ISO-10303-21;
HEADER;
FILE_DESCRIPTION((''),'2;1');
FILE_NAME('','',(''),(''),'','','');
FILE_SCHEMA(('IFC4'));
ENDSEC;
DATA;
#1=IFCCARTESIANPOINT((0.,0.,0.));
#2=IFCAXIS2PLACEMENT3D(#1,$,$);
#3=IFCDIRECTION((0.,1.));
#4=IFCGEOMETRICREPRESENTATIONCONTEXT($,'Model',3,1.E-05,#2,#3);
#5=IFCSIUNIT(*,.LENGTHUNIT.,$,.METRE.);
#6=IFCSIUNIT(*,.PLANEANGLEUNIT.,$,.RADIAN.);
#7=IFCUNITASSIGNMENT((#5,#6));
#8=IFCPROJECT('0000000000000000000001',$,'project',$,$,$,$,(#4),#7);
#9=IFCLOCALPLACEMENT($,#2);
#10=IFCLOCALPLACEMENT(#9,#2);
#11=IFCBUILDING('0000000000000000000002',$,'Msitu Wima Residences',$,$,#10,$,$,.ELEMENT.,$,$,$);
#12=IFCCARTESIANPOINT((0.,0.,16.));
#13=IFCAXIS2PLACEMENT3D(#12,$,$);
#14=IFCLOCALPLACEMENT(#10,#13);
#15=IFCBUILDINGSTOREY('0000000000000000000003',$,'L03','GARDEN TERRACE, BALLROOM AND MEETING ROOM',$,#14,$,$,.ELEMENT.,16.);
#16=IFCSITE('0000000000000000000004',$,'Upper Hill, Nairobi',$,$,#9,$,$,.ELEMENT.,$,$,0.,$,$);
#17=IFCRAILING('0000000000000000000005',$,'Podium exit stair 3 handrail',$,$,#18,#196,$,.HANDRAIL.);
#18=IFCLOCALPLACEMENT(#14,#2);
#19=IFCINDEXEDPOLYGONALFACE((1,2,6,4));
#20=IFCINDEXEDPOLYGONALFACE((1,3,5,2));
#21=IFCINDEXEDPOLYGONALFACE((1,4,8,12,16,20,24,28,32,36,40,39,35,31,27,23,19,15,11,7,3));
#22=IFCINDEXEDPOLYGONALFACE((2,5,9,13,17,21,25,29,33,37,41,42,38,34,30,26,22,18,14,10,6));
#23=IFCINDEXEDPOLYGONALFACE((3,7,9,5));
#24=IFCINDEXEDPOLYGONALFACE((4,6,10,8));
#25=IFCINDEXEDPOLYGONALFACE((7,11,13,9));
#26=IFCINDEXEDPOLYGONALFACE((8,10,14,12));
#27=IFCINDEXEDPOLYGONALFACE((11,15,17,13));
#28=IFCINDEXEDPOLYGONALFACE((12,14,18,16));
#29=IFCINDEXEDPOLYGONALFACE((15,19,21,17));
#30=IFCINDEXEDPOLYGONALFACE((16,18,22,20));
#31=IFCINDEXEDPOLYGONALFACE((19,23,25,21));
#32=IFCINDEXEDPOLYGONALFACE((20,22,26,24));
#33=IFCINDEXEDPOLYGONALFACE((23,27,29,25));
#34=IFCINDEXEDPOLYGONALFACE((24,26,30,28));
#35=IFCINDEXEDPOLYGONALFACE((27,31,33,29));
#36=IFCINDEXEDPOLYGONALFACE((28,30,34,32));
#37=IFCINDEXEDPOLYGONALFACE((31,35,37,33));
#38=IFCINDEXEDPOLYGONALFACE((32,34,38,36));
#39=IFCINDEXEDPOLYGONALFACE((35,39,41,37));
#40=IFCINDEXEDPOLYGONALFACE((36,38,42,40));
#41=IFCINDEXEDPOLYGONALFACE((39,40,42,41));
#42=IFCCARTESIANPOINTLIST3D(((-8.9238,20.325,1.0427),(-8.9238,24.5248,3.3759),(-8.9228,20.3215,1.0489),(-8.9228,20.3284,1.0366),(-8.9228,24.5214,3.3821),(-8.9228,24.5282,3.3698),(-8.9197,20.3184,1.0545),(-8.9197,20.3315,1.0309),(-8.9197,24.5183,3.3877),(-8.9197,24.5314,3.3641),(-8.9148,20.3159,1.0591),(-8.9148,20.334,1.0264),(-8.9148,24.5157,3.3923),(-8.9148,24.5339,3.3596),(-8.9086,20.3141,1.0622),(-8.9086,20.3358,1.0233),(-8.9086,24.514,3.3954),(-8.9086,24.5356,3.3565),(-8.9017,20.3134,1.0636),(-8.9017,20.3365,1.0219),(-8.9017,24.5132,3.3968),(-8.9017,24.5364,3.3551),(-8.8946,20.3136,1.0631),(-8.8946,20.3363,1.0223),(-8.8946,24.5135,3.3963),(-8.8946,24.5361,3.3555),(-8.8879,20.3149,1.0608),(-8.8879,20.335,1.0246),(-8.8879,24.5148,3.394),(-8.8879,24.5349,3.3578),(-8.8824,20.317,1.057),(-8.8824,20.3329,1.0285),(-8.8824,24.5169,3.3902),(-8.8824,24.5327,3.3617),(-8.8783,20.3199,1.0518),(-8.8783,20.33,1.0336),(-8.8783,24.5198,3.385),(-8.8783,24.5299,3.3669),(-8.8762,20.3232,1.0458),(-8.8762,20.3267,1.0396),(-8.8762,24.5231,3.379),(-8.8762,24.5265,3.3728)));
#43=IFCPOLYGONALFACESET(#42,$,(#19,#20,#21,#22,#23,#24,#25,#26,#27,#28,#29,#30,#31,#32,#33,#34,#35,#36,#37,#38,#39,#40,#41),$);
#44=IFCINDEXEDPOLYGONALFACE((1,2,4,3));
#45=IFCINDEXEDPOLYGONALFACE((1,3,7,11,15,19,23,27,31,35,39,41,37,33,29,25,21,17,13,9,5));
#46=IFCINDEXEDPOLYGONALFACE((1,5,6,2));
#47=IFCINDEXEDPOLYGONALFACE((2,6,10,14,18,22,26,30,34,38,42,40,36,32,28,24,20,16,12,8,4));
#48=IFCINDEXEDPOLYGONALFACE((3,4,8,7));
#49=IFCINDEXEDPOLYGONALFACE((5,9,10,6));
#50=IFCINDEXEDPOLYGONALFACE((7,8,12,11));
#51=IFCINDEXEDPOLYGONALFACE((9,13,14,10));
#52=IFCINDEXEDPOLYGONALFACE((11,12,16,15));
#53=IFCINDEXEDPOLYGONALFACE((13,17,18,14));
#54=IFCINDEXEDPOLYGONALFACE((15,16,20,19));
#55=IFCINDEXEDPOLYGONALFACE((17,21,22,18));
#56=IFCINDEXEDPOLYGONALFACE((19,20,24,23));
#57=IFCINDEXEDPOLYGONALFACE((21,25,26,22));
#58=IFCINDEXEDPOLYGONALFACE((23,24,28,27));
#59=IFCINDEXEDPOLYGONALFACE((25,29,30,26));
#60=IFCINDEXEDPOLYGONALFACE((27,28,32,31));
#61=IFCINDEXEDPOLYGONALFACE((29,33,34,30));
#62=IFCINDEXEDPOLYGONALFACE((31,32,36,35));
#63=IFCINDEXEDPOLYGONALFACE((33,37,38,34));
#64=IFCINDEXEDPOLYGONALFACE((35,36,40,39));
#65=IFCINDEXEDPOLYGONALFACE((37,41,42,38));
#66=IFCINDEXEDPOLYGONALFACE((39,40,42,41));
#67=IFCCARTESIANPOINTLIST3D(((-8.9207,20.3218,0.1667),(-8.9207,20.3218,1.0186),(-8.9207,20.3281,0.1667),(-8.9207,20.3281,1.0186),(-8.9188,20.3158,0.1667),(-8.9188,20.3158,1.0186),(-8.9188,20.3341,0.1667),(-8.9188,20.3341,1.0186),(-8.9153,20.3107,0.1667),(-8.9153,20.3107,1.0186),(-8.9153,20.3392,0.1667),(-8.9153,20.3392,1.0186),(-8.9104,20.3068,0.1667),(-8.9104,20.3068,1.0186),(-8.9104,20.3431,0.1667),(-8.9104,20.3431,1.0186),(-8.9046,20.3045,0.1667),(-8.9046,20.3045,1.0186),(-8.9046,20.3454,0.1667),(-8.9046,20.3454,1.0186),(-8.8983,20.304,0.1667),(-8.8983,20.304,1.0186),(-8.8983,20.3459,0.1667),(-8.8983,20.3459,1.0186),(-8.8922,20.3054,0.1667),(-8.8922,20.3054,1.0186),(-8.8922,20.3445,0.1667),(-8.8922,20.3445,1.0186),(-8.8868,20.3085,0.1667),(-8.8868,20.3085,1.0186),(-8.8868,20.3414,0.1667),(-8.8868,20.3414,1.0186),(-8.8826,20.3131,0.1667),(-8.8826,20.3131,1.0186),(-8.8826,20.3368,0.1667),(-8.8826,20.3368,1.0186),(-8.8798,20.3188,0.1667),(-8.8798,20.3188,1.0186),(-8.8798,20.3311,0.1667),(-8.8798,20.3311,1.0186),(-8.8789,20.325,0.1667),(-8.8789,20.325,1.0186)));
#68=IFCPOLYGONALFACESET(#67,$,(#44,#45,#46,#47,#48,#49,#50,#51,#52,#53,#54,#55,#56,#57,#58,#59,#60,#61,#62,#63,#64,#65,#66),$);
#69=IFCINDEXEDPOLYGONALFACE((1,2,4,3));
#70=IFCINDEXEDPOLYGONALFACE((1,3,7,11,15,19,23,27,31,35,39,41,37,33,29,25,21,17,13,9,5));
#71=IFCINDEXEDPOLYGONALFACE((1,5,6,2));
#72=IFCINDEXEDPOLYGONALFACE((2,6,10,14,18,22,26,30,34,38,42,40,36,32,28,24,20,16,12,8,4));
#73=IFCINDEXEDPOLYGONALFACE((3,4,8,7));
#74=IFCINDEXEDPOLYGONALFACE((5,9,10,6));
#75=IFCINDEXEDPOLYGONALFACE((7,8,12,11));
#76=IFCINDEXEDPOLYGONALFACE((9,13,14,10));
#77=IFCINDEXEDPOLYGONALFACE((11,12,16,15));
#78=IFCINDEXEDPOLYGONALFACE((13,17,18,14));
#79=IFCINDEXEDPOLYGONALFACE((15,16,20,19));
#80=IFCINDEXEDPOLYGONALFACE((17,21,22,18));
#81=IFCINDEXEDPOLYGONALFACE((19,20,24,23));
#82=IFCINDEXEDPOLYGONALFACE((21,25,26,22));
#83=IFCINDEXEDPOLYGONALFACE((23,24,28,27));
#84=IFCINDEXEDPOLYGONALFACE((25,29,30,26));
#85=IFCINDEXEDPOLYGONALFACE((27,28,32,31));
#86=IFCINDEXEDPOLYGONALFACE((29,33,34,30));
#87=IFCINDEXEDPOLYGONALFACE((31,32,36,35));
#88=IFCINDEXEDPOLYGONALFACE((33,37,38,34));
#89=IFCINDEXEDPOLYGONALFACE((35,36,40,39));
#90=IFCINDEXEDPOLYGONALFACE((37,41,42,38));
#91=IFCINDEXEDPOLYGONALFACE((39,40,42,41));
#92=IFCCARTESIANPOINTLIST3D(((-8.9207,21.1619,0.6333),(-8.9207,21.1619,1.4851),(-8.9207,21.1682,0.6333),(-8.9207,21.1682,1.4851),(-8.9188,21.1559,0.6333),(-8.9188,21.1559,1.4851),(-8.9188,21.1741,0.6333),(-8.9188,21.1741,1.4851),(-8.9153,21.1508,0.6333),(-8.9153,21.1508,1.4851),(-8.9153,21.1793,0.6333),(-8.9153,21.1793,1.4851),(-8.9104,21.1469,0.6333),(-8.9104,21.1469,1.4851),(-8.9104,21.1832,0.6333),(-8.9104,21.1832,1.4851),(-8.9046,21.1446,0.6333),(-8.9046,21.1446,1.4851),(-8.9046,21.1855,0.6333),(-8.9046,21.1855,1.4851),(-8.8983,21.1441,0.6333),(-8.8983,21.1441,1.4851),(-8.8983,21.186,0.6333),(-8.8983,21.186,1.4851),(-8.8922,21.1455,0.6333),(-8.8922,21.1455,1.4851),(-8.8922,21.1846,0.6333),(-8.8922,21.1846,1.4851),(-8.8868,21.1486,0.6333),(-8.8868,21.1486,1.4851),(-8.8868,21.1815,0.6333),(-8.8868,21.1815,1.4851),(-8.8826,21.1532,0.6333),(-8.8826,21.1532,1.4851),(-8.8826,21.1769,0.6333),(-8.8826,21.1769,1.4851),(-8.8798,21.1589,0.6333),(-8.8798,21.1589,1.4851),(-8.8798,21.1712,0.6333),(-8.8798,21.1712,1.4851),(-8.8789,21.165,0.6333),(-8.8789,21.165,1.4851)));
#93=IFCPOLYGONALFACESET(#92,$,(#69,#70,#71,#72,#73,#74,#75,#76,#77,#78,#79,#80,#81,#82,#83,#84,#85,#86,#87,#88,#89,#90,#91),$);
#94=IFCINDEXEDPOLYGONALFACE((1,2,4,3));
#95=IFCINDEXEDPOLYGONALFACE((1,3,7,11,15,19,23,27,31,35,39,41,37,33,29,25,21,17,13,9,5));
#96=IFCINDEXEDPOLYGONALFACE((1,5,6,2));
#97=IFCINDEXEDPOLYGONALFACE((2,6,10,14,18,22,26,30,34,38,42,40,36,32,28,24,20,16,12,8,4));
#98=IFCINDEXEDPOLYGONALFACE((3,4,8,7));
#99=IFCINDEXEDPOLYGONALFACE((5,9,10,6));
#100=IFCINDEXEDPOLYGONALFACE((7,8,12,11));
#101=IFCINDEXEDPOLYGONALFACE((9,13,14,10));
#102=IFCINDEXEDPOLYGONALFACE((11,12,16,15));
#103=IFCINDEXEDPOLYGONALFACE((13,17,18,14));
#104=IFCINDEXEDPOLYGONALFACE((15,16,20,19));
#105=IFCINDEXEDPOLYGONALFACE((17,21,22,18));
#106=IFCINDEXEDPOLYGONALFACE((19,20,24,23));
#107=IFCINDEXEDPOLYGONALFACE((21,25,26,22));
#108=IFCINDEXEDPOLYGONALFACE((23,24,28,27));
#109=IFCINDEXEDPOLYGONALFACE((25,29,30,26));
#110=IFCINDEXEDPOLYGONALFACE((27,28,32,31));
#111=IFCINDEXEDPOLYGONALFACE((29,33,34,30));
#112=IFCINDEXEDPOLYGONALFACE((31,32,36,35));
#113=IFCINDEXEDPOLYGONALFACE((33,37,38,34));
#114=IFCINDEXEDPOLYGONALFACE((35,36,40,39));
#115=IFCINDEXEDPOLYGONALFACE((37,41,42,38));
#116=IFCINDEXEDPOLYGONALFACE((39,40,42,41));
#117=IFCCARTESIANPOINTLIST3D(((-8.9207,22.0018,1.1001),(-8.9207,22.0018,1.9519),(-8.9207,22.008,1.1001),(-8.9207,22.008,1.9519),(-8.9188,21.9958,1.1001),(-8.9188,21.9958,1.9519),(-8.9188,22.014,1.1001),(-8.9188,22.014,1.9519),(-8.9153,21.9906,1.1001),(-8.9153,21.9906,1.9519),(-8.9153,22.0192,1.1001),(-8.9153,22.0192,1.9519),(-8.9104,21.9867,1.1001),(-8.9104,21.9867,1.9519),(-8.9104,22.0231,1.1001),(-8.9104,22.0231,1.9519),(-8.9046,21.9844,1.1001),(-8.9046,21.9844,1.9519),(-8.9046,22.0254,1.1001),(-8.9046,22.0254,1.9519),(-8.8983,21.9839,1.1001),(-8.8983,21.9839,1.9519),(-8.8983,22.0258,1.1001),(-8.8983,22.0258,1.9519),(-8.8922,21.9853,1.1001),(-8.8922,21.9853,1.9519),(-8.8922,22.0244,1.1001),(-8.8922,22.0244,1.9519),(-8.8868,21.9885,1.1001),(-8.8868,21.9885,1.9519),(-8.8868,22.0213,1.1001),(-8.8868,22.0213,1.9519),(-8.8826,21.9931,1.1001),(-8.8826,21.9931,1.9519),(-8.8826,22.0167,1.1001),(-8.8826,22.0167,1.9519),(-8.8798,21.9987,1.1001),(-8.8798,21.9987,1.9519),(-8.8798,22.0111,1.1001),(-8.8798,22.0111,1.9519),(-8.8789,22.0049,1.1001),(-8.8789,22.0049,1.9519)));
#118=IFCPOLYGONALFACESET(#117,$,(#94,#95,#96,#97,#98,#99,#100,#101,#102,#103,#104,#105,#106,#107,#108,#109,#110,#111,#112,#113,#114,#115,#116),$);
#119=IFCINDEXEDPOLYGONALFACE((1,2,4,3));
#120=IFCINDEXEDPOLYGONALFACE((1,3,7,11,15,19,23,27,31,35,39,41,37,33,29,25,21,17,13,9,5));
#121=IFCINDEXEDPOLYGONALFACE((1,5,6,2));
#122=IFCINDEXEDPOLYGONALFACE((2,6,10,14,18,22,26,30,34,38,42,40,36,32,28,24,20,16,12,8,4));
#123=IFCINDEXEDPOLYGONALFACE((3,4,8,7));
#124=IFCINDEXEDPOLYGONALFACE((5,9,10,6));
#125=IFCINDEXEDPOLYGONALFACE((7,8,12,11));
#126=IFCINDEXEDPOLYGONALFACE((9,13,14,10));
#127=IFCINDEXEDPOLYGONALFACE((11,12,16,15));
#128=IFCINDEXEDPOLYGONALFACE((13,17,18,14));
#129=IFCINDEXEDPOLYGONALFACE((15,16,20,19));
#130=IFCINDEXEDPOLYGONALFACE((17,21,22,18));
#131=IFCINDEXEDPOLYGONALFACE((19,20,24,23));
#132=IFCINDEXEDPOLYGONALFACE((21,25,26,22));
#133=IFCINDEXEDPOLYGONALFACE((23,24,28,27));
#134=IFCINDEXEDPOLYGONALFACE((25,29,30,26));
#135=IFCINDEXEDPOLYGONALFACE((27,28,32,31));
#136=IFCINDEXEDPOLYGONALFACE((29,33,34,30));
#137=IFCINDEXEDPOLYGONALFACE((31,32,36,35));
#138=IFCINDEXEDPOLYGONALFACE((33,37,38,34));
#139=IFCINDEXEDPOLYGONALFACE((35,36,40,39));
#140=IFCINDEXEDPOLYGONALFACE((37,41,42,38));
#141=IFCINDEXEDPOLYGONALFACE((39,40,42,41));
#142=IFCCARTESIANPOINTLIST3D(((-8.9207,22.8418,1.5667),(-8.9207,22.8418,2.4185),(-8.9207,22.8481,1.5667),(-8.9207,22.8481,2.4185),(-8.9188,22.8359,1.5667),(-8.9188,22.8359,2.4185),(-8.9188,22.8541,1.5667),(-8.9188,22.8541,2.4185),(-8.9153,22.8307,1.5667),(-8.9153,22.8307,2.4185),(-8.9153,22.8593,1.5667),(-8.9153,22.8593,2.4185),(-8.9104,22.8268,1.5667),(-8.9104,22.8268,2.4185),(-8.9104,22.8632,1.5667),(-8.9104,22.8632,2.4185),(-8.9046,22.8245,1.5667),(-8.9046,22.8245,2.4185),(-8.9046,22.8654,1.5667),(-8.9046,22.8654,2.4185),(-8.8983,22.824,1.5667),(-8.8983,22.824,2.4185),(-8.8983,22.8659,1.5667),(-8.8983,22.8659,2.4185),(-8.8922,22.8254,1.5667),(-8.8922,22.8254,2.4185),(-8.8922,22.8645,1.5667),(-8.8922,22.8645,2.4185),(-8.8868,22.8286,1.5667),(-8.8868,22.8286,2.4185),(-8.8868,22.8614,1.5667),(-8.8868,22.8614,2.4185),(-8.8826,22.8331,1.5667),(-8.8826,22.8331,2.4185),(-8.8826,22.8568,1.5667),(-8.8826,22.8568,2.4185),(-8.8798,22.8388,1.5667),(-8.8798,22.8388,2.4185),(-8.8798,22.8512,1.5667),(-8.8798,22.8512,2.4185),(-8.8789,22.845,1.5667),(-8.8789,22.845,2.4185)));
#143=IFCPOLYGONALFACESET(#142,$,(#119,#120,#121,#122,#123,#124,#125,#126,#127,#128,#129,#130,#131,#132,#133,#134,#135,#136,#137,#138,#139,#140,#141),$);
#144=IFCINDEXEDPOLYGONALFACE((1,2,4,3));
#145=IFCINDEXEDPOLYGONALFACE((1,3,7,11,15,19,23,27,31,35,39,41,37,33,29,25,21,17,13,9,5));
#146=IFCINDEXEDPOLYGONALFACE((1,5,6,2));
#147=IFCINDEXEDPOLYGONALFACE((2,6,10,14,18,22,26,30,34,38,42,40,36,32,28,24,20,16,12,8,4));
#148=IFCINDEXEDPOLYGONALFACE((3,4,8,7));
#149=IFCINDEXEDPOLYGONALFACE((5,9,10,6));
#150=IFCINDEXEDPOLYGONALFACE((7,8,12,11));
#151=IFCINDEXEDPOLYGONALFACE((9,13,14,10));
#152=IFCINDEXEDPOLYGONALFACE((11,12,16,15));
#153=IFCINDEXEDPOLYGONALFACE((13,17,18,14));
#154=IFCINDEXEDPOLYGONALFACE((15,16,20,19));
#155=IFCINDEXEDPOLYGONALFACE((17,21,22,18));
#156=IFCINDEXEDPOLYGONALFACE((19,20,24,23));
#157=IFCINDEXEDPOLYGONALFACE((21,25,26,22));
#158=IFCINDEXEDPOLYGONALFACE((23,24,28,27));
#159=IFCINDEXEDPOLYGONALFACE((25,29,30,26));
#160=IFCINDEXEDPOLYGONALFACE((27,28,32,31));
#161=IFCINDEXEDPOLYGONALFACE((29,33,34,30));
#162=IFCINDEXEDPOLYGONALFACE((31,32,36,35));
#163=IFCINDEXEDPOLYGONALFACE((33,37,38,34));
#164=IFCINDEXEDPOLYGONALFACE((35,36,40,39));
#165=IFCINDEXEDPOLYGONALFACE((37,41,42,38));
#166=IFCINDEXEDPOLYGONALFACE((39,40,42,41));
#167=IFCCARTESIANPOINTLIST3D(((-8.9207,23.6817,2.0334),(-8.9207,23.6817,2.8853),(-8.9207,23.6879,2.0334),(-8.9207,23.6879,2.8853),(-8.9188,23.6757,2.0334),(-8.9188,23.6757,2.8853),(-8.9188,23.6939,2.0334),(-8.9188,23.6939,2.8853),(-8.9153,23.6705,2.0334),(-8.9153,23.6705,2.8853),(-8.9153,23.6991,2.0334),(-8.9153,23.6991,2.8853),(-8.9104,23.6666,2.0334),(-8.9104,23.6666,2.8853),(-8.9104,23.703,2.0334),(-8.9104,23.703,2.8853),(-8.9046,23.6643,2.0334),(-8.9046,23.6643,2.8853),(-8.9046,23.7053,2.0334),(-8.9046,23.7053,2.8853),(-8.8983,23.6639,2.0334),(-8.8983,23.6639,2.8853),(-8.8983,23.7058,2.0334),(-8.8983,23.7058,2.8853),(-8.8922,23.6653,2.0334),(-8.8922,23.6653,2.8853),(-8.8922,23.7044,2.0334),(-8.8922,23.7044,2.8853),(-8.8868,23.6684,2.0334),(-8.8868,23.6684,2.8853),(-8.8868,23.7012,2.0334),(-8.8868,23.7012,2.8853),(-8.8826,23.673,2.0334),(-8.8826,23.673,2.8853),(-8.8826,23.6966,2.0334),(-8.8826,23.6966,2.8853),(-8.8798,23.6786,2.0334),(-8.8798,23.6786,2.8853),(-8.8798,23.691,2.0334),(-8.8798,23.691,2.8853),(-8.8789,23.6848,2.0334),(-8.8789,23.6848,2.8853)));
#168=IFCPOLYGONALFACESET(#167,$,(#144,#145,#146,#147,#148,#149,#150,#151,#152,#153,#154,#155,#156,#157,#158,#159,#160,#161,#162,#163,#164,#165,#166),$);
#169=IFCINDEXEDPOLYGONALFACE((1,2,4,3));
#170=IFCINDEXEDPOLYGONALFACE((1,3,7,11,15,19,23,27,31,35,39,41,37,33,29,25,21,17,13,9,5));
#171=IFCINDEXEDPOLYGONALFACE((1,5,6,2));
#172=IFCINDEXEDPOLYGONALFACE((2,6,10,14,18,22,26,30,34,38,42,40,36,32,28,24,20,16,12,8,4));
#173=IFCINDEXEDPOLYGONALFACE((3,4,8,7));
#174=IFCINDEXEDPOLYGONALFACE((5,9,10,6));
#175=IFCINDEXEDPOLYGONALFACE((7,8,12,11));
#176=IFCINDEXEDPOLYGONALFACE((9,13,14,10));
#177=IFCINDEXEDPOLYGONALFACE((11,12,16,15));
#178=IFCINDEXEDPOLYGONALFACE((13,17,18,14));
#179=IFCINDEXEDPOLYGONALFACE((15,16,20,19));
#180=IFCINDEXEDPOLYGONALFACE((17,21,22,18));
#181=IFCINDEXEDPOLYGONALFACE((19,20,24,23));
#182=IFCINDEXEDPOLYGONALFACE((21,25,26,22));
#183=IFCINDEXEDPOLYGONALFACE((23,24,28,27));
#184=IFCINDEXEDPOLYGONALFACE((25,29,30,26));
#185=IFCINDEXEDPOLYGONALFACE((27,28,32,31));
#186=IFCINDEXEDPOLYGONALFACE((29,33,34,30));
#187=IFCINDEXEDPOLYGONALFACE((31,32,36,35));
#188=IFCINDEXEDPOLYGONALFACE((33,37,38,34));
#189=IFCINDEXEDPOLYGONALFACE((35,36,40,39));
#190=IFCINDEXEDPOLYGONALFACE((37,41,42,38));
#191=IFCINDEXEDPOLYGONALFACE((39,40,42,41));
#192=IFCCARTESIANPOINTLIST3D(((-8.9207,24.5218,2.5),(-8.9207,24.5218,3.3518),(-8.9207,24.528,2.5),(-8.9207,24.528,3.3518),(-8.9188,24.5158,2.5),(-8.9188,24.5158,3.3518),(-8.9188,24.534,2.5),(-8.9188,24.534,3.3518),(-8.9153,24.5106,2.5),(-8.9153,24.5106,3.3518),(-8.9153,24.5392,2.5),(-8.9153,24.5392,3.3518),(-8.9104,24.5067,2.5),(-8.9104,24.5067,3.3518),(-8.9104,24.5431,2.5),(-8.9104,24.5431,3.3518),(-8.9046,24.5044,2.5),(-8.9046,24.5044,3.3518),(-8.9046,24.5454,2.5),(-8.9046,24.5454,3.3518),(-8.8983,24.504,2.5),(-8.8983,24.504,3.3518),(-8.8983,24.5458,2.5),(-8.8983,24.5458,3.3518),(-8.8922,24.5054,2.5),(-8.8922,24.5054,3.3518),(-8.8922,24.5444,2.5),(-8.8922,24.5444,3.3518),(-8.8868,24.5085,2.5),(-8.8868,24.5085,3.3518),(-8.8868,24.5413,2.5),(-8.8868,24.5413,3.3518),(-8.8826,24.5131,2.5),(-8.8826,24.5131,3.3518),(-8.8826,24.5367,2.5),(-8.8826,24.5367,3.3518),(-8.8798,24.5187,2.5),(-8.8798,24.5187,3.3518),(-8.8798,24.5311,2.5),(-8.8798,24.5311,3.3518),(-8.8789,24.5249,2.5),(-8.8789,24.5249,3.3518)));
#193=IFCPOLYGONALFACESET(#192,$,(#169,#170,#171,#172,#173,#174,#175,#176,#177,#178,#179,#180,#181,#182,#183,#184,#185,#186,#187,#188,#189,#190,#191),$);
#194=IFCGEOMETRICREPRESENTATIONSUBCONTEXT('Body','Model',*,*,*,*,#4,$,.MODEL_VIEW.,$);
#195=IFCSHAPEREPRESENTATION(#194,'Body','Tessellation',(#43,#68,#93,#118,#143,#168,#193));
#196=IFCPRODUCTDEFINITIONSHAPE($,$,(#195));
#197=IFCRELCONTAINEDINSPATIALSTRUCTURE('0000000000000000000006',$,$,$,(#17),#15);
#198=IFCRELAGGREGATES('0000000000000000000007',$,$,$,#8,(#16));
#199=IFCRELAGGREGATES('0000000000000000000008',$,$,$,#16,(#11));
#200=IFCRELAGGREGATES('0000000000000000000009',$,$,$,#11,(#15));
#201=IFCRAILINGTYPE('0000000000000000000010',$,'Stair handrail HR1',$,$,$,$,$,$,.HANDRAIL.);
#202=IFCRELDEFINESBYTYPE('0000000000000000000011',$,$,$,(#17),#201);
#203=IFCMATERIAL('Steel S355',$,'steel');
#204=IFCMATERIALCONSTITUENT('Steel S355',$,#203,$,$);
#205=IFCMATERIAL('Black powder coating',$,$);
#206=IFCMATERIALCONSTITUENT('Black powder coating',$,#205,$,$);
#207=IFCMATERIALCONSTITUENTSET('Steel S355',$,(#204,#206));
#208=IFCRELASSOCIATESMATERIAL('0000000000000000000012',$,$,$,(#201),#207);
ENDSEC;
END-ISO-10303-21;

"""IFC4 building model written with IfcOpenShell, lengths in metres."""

from ifc_helpers import new_model, si_unit, direction, frame, origin, origin_2d, place, context, subcontext, project, spatial, circle, extrude, material, constituent, constituent_set, type_object, element, save


model = new_model("IFC4")

# Units and contexts
model_context = context("Model", 3, precision=1e-05, world=origin(), true_north=direction((0.0, 1.0)))
body_context = subcontext(model_context, "Body", "Model", "MODEL_VIEW")
ifc_project = project(units=[si_unit("LENGTHUNIT", "METRE"), si_unit("PLANEANGLEUNIT", "RADIAN")], contexts=[model_context])

# Site, building, storey
site_placement = place(None, origin())
site = spatial("IfcSite", under=ifc_project, at=site_placement, Name="Upper Hill, Nairobi", CompositionType="ELEMENT", RefElevation=0.0)
building_placement = place(site_placement, origin())
building = spatial("IfcBuilding", under=site, at=building_placement, Name="Msitu Wima Residences", CompositionType="ELEMENT")
storey_placement = place(building_placement, frame((0.0, 0.0, 16.0)))
storey = spatial("IfcBuildingStorey", under=building, at=storey_placement, Name="L03", Description="GARDEN TERRACE, BALLROOM AND MEETING ROOM", CompositionType="ELEMENT", Elevation=16.0)

# Railing
ifc_material_1 = material(Name="Steel S355", Category="steel")
ifc_constituent_1 = constituent(ifc_material_1, Name="Steel S355")
ifc_material_2 = material(Name="Black powder coating")
ifc_constituent_2 = constituent(ifc_material_2, Name="Black powder coating")
ifc_constituent_set = constituent_set(constituents=[ifc_constituent_1, ifc_constituent_2], Name="Steel S355")
railing_type = type_object("IfcRailingType", Name="Stair handrail HR1", PredefinedType="HANDRAIL", material=ifc_constituent_set)
for number, where, name in (
    (1, (-8.8999, 20.325, 0.1667), "Podium exit stair 3 handrail"),
):
    element("IfcRailing", number, at=place(storey_placement, frame(where)), inside=storey, type_object=railing_type, Name=name, PredefinedType="HANDRAIL", context=body_context, shape_type="SweptSolid", body=[
        extrude(circle(Radius=0.0239, at=origin_2d()), frame((0.0, 0.0, 0.876), z_axis=(0.0, 0.874162, 0.485634), x_axis=(-1.0, 0.0, 0.0)), (0.0, 0.0, 1.0), 4.8044),
        extrude(circle(Radius=0.021, at=origin_2d()), origin(), (0.0, 0.0, 1.0), 0.8518),
        extrude(circle(Radius=0.021, at=origin_2d()), frame((0.0, 0.8401, 0.4666)), (0.0, 0.0, 1.0), 0.8518),
        extrude(circle(Radius=0.021, at=origin_2d()), frame((0.0, 1.6799, 0.9333)), (0.0, 0.0, 1.0), 0.8518),
        extrude(circle(Radius=0.021, at=origin_2d()), frame((0.0, 2.52, 1.3999)), (0.0, 0.0, 1.0), 0.8518),
        extrude(circle(Radius=0.021, at=origin_2d()), frame((0.0, 3.3599, 1.8667)), (0.0, 0.0, 1.0), 0.8518),
        extrude(circle(Radius=0.021, at=origin_2d()), frame((0.0, 4.2, 2.3333)), (0.0, 0.0, 1.0), 0.8518),
    ])

save(model, "model.ifc")
